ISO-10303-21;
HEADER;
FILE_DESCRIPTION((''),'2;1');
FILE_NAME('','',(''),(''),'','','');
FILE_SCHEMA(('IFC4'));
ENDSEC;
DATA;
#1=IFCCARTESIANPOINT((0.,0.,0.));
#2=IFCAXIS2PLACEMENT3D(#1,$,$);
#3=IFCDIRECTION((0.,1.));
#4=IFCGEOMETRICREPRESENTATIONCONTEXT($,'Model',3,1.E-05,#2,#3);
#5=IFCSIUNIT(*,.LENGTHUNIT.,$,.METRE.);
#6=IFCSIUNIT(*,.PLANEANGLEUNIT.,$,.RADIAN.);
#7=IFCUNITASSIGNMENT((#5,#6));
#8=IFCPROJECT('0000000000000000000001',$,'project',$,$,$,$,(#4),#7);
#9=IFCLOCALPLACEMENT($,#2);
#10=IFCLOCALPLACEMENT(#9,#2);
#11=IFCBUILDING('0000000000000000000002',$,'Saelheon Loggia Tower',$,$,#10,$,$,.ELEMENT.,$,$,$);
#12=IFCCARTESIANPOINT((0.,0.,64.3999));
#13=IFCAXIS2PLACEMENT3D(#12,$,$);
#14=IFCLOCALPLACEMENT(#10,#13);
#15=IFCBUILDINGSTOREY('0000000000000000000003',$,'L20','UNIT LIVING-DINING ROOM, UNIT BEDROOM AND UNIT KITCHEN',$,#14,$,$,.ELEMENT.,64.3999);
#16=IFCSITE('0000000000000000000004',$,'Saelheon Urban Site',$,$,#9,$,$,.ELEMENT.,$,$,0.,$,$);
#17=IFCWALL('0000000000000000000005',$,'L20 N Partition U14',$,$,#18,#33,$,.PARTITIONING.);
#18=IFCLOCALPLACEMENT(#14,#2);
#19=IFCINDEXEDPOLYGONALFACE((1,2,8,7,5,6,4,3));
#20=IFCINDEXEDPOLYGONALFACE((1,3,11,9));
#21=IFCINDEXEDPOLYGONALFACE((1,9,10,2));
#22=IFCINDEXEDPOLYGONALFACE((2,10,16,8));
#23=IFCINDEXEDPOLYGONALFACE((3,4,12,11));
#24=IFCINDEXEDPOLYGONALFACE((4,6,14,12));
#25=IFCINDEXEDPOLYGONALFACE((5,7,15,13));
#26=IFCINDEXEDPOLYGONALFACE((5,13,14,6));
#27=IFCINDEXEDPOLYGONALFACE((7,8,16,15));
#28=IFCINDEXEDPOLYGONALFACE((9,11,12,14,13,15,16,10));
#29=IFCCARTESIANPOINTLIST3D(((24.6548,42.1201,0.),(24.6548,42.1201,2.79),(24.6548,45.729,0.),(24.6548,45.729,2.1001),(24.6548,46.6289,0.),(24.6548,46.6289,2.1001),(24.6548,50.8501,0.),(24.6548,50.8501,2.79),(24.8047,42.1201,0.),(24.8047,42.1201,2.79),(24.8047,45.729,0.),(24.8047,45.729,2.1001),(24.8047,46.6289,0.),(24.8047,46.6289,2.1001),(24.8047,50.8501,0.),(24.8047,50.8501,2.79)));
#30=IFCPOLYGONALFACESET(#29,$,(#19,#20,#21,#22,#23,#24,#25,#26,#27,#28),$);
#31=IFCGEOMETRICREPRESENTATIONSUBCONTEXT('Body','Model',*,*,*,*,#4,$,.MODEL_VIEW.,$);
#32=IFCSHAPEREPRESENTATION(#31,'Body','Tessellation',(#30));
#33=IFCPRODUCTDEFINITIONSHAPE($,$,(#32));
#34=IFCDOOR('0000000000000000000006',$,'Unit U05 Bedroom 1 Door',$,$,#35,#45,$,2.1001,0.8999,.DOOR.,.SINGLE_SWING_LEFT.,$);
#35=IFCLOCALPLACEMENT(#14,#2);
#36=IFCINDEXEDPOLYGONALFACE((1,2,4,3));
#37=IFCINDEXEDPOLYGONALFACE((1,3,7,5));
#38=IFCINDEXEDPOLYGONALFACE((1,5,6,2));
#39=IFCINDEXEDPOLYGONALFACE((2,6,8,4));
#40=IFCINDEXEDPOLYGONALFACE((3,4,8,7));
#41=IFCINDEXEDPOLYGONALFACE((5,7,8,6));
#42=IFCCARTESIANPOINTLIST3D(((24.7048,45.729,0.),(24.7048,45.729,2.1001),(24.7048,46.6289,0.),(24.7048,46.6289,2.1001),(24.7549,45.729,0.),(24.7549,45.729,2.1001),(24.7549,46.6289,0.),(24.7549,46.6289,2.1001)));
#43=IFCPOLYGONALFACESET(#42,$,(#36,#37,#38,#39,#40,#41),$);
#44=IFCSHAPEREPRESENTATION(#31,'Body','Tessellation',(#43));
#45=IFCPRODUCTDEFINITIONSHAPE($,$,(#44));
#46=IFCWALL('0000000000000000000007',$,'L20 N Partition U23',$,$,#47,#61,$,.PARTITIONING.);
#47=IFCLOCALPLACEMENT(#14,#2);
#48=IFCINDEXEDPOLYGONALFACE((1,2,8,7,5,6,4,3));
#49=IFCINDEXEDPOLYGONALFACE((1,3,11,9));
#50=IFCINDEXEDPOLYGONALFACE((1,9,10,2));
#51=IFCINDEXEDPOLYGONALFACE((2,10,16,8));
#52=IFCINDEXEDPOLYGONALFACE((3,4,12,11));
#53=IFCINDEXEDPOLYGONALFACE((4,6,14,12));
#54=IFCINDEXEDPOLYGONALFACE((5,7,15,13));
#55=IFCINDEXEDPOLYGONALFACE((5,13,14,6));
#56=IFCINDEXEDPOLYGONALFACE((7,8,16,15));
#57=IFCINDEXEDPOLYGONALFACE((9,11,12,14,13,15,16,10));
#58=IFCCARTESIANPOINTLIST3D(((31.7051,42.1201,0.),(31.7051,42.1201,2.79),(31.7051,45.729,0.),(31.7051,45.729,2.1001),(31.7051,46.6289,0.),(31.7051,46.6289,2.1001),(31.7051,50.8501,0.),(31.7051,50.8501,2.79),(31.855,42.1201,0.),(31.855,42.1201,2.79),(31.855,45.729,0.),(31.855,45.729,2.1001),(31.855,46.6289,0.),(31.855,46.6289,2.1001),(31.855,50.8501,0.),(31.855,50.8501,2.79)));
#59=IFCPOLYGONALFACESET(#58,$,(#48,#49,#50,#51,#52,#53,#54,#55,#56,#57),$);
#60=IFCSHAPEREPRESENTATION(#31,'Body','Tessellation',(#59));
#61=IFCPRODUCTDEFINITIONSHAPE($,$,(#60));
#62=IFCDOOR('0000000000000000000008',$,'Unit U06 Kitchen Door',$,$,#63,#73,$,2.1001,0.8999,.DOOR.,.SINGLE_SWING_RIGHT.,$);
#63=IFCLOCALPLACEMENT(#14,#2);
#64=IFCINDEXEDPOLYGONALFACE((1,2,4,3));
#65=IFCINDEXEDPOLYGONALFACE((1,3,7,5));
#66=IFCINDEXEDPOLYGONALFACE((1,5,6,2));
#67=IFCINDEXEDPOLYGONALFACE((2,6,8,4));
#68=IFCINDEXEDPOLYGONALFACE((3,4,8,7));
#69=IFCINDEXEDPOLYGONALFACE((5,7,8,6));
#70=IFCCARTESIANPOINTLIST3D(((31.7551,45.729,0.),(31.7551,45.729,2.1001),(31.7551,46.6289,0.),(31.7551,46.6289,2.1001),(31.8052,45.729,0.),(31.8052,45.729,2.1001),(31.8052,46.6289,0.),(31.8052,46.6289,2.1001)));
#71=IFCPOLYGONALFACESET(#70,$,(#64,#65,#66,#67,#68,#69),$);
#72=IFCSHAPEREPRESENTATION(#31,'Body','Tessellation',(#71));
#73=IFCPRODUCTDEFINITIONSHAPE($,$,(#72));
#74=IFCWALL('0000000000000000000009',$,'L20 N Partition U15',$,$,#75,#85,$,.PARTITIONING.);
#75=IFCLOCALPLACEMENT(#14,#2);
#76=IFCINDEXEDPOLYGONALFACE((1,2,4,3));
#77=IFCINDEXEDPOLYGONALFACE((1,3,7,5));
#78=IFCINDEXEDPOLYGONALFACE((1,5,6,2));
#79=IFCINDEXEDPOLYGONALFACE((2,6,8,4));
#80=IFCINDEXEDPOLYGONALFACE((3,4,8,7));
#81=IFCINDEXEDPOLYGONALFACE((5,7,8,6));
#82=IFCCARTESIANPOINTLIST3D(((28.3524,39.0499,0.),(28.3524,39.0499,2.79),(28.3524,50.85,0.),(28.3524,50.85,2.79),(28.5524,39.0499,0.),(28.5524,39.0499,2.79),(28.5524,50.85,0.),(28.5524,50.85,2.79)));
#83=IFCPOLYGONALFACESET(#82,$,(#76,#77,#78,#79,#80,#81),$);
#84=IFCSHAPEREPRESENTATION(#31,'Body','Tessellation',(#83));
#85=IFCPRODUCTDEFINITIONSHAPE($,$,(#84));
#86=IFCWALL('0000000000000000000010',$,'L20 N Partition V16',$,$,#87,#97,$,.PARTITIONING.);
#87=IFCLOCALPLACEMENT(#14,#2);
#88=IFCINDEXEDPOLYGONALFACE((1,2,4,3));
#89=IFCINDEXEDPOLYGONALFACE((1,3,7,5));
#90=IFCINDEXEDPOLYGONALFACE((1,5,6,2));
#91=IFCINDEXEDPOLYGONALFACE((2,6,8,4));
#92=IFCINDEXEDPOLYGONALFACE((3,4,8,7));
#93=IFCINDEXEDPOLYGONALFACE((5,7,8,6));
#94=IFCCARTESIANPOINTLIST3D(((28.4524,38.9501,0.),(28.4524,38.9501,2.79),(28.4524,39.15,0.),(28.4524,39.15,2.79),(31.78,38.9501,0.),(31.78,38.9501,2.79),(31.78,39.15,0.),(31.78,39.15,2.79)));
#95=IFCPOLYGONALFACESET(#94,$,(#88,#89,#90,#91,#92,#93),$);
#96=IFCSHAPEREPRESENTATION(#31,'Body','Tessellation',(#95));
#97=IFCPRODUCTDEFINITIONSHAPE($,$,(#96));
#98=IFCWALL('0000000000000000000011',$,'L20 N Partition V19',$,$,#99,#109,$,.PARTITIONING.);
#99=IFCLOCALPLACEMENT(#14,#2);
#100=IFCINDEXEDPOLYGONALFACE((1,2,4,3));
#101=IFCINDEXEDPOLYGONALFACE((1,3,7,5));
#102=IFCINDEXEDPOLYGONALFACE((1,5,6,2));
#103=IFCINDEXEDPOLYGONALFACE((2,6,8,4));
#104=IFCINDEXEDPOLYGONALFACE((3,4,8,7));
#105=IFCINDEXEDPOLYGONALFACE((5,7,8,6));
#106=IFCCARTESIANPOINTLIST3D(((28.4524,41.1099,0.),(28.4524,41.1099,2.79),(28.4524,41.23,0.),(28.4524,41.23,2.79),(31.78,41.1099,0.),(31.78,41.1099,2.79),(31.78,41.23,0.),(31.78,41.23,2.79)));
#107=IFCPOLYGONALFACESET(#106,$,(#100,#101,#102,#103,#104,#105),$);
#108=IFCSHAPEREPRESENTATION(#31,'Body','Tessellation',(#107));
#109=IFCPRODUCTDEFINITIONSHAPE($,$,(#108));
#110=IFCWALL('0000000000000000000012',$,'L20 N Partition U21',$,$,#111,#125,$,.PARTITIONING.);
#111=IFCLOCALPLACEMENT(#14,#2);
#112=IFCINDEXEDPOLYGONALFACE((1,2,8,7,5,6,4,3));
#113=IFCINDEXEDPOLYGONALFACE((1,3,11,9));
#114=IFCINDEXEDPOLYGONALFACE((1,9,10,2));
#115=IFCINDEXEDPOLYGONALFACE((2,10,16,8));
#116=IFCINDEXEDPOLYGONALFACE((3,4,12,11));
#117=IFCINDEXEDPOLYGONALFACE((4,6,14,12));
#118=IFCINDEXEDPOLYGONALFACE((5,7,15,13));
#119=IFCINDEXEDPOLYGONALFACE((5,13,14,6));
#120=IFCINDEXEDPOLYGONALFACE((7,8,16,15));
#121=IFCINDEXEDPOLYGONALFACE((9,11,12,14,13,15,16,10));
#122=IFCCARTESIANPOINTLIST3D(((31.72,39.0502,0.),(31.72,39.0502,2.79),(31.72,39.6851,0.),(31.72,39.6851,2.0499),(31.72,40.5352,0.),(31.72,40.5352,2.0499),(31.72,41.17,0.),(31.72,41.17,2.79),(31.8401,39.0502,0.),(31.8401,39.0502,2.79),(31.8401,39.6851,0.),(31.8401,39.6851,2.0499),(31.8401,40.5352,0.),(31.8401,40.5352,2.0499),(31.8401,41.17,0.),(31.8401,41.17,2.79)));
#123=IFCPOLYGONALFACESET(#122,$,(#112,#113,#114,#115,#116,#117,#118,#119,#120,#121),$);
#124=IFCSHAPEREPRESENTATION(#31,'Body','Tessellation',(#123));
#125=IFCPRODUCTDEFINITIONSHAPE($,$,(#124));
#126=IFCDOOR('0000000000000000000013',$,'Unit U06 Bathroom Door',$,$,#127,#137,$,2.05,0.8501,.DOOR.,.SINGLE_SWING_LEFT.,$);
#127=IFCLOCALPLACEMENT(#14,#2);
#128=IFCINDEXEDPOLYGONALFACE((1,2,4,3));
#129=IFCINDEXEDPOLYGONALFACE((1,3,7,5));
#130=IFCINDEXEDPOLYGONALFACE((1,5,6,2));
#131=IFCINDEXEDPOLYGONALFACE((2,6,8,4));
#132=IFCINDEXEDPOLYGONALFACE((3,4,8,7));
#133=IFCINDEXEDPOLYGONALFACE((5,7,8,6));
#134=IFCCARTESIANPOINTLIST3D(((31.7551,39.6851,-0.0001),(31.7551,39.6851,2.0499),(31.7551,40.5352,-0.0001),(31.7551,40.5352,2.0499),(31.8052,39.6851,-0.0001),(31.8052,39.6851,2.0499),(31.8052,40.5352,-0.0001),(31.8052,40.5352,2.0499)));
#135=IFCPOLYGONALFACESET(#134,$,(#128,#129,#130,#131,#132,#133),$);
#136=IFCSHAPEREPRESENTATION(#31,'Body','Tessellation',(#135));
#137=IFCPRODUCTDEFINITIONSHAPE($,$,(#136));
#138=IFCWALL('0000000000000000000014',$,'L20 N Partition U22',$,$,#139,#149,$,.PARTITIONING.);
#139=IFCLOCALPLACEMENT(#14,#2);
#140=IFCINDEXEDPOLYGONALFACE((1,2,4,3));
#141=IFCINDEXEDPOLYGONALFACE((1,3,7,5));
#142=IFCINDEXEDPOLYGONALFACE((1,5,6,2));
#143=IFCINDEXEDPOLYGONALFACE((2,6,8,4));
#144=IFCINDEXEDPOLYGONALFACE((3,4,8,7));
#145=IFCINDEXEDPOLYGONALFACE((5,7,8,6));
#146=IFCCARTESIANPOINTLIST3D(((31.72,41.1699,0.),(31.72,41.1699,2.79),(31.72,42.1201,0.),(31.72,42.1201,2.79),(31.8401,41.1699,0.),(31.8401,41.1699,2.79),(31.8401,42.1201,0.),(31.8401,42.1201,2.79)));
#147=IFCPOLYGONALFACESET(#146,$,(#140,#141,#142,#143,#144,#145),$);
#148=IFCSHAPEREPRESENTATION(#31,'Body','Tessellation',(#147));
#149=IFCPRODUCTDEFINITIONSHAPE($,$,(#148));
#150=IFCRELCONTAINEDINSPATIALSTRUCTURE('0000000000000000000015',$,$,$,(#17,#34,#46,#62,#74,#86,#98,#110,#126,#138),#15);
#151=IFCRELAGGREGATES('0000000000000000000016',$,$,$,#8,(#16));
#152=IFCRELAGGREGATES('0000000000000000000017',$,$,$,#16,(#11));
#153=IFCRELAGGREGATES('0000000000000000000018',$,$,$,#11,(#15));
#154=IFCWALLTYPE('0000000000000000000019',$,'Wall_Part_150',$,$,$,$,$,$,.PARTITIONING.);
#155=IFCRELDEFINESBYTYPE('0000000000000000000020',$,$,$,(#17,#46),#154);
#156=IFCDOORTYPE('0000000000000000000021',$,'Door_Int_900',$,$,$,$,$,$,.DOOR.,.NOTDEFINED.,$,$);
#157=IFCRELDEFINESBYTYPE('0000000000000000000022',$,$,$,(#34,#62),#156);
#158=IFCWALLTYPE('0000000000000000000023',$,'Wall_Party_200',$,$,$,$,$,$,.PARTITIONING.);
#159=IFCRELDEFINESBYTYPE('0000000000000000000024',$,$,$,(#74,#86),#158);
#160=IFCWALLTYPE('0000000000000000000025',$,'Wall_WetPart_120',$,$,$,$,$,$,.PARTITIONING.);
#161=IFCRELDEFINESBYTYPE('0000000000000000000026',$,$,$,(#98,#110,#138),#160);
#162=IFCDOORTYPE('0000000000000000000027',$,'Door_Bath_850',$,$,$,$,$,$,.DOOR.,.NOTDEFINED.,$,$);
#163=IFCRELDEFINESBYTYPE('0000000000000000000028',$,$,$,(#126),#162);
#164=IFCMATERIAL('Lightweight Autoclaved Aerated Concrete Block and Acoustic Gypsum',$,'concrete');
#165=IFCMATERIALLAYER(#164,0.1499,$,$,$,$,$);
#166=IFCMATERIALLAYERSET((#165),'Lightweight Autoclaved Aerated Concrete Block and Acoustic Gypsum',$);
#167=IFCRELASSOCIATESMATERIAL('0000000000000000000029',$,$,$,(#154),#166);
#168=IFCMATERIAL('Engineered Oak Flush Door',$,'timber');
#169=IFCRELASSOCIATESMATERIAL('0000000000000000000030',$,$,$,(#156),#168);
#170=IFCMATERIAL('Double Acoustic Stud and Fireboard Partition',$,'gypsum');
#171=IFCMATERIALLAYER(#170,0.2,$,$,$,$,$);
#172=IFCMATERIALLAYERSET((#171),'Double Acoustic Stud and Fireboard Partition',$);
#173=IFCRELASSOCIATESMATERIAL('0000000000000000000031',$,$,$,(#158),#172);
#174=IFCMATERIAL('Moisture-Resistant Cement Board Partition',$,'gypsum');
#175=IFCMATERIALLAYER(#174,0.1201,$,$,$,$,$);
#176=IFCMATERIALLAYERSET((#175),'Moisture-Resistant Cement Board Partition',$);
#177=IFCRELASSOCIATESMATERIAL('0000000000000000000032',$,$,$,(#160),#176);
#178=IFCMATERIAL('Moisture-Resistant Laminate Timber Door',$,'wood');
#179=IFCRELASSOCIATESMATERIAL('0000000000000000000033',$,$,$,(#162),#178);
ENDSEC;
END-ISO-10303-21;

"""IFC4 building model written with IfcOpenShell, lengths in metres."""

from ifc_helpers import new_model, si_unit, direction, frame, frame_2d, origin, place, context, subcontext, project, spatial, rectangle, extrude, source, transform, mapped, material, layer, layer_set, type_object, element, fill, save


model = new_model("IFC4")

# Units and contexts
model_context = context("Model", 3, precision=1e-05, world=origin(), true_north=direction((0.0, 1.0)))
body_context = subcontext(model_context, "Body", "Model", "MODEL_VIEW")
ifc_project = project(units=[si_unit("LENGTHUNIT", "METRE"), si_unit("PLANEANGLEUNIT", "RADIAN")], contexts=[model_context])

# Site, building, storey
site_placement = place(None, origin())
site = spatial("IfcSite", under=ifc_project, at=site_placement, Name="Saelheon Urban Site", CompositionType="ELEMENT", RefElevation=0.0)
building_placement = place(site_placement, origin())
building = spatial("IfcBuilding", under=site, at=building_placement, Name="Saelheon Loggia Tower", CompositionType="ELEMENT")
storey_placement = place(building_placement, frame((0.0, 0.0, 64.3999)))
storey = spatial("IfcBuildingStorey", under=building, at=storey_placement, Name="L20", Description="UNIT LIVING-DINING ROOM, UNIT BEDROOM AND UNIT KITCHEN", CompositionType="ELEMENT", Elevation=64.3999)

# Shared definitions
ifc_material_1 = material(Name="Lightweight Autoclaved Aerated Concrete Block and Acoustic Gypsum", Category="concrete")
ifc_layer_1 = layer(ifc_material_1, 0.1499)
ifc_layer_set_1 = layer_set([ifc_layer_1], Name="Lightweight Autoclaved Aerated Concrete Block and Acoustic Gypsum")
wall_type_1 = type_object("IfcWallType", Name="Wall_Part_150", PredefinedType="PARTITIONING", material=ifc_layer_set_1)

# Walls, openings, doors
ifc_material_2 = material(Name="Engineered Oak Flush Door", Category="timber")
door_type_1 = type_object("IfcDoorType", Name="Door_Int_900", OperationType="NOTDEFINED", PredefinedType="DOOR", material=ifc_material_2)
shared_shape_1 = source(origin(), body_context, "Body", "SweptSolid", [
    extrude(rectangle(XDim=0.8999, YDim=2.1001, at=frame_2d((0.45, 1.05))), frame((0.0, 0.0249, 0.0), z_axis=(0.0, -1.0, 0.0), x_axis=(1.0, 0.0, 0.0)), (0.0, 0.0, 1.0), 0.05),
])
wall_1_placement = place(storey_placement, frame((24.7297, 42.1201, 0.0), z_axis=(0.0, 0.0, 1.0), x_axis=(0.0, 1.0, 0.0)))
wall_1 = element("IfcWall", 1, at=wall_1_placement, inside=storey, type_object=wall_type_1, Name="L20 N Partition U14", PredefinedType="PARTITIONING", context=body_context, shape_type="SweptSolid", body=[
    extrude(rectangle(XDim=8.73, YDim=0.1499, at=frame_2d((4.365, 0.0))), origin(), (0.0, 0.0, 1.0), 2.79),
])
opening_1_placement = place(wall_1_placement, frame((3.6089, 0.0, 0.0)))
opening_1 = element("IfcOpeningElement", 2, at=opening_1_placement, cuts=wall_1, PredefinedType="OPENING", context=body_context, shape_type="SweptSolid", body=[
    extrude(rectangle(XDim=0.8999, YDim=2.1001, at=frame_2d((0.45, 1.05))), frame((0.0, 0.0869, 0.0), z_axis=(0.0, -1.0, 0.0), x_axis=(1.0, 0.0, 0.0)), (0.0, 0.0, 1.0), 0.1738),
])
door_1_placement = place(opening_1_placement, origin())
door_1 = element("IfcDoor", 3, at=door_1_placement, inside=storey, type_object=door_type_1, Name="Unit U05 Bedroom 1 Door", OperationType="SINGLE_SWING_LEFT", OverallHeight=2.1001, OverallWidth=0.8999, PredefinedType="DOOR", context=body_context, shape_type="MappedRepresentation", body=[
    mapped(shared_shape_1, transform((0.0, 0.0, 0.0), scale=1.0)),
])
fill(opening_1, door_1)
wall_2_placement = place(storey_placement, frame((31.78, 42.1201, 0.0), z_axis=(0.0, 0.0, 1.0), x_axis=(0.0, 1.0, 0.0)))
wall_2 = element("IfcWall", 4, at=wall_2_placement, inside=storey, type_object=wall_type_1, Name="L20 N Partition U23", PredefinedType="PARTITIONING", context=body_context, shape_type="SweptSolid", body=[
    extrude(rectangle(XDim=8.73, YDim=0.1499, at=frame_2d((4.365, 0.0))), origin(), (0.0, 0.0, 1.0), 2.79),
])
opening_2_placement = place(wall_2_placement, frame((3.6089, 0.0, 0.0)))
opening_2 = element("IfcOpeningElement", 5, at=opening_2_placement, cuts=wall_2, PredefinedType="OPENING", context=body_context, shape_type="SweptSolid", body=[
    extrude(rectangle(XDim=0.8999, YDim=2.1001, at=frame_2d((0.45, 1.05))), frame((0.0, 0.0869, 0.0), z_axis=(0.0, -1.0, 0.0), x_axis=(1.0, 0.0, 0.0)), (0.0, 0.0, 1.0), 0.1738),
])
door_2_placement = place(opening_2_placement, origin())
door_2 = element("IfcDoor", 6, at=door_2_placement, inside=storey, type_object=door_type_1, Name="Unit U06 Kitchen Door", OperationType="SINGLE_SWING_RIGHT", OverallHeight=2.1001, OverallWidth=0.8999, PredefinedType="DOOR", context=body_context, shape_type="MappedRepresentation", body=[
    mapped(shared_shape_1, transform((0.0, 0.0, 0.0), scale=1.0)),
])
fill(opening_2, door_2)

# Walls
ifc_material_3 = material(Name="Double Acoustic Stud and Fireboard Partition", Category="gypsum")
ifc_layer_2 = layer(ifc_material_3, 0.2)
ifc_layer_set_2 = layer_set([ifc_layer_2], Name="Double Acoustic Stud and Fireboard Partition")
wall_type_2 = type_object("IfcWallType", Name="Wall_Party_200", PredefinedType="PARTITIONING", material=ifc_layer_set_2)
wall_3_placement = place(storey_placement, frame((28.4524, 39.05, 0.0), z_axis=(0.0, 0.0, 1.0), x_axis=(0.0, 1.0, 0.0)))
element("IfcWall", 7, at=wall_3_placement, inside=storey, type_object=wall_type_2, Name="L20 N Partition U15", PredefinedType="PARTITIONING", context=body_context, shape_type="SweptSolid", body=[
    extrude(rectangle(XDim=11.8, YDim=0.2, at=frame_2d((5.8999, 0.0))), origin(), (0.0, 0.0, 1.0), 2.79),
])
wall_4_placement = place(storey_placement, frame((28.4524, 39.05, 0.0), z_axis=(0.0, 0.0, 1.0), x_axis=(1.0, 0.0, 0.0)))
element("IfcWall", 8, at=wall_4_placement, inside=storey, type_object=wall_type_2, Name="L20 N Partition V16", PredefinedType="PARTITIONING", context=body_context, shape_type="SweptSolid", body=[
    extrude(rectangle(XDim=3.3276, YDim=0.2, at=frame_2d((1.6638, 0.0))), origin(), (0.0, 0.0, 1.0), 2.79),
])

# Wall
ifc_material_4 = material(Name="Moisture-Resistant Cement Board Partition", Category="gypsum")
ifc_layer_3 = layer(ifc_material_4, 0.1201)
ifc_layer_set_3 = layer_set([ifc_layer_3], Name="Moisture-Resistant Cement Board Partition")
wall_type_3 = type_object("IfcWallType", Name="Wall_WetPart_120", PredefinedType="PARTITIONING", material=ifc_layer_set_3)
wall_5_placement = place(storey_placement, frame((28.4524, 41.1699, 0.0), z_axis=(0.0, 0.0, 1.0), x_axis=(1.0, 0.0, 0.0)))
element("IfcWall", 9, at=wall_5_placement, inside=storey, type_object=wall_type_3, Name="L20 N Partition V19", PredefinedType="PARTITIONING", context=body_context, shape_type="SweptSolid", body=[
    extrude(rectangle(XDim=3.3276, YDim=0.1201, at=frame_2d((1.6638, 0.0))), origin(), (0.0, 0.0, 1.0), 2.79),
])

# Wall, opening, door
wall_6_placement = place(storey_placement, frame((31.78, 39.05, 0.0), z_axis=(0.0, 0.0, 1.0), x_axis=(0.0, 1.0, 0.0)))
wall_6 = element("IfcWall", 10, at=wall_6_placement, inside=storey, type_object=wall_type_3, Name="L20 N Partition U21", PredefinedType="PARTITIONING", context=body_context, shape_type="SweptSolid", body=[
    extrude(rectangle(XDim=2.1199, YDim=0.1201, at=frame_2d((1.0601, 0.0))), origin(), (0.0, 0.0, 1.0), 2.79),
])
opening_3_placement = place(wall_6_placement, frame((0.635, 0.0, 0.0)))
opening_3 = element("IfcOpeningElement", 11, at=opening_3_placement, cuts=wall_6, PredefinedType="OPENING", context=body_context, shape_type="SweptSolid", body=[
    extrude(rectangle(XDim=0.8501, YDim=2.05, at=frame_2d((0.425, 1.0249))), frame((0.0, 0.072, 0.0), z_axis=(0.0, -1.0, 0.0), x_axis=(1.0, 0.0, 0.0)), (0.0, 0.0, 1.0), 0.144),
])
ifc_material_5 = material(Name="Moisture-Resistant Laminate Timber Door", Category="wood")
door_type_2 = type_object("IfcDoorType", Name="Door_Bath_850", OperationType="NOTDEFINED", PredefinedType="DOOR", material=ifc_material_5)
shared_shape_2 = source(origin(), body_context, "Body", "SweptSolid", [
    extrude(rectangle(XDim=0.8501, YDim=2.05, at=frame_2d((0.425, 1.0249))), frame((0.0, 0.0249, 0.0), z_axis=(0.0, -1.0, 0.0), x_axis=(1.0, 0.0, 0.0)), (0.0, 0.0, 1.0), 0.05),
])
door_3_placement = place(opening_3_placement, origin())
door_3 = element("IfcDoor", 12, at=door_3_placement, inside=storey, type_object=door_type_2, Name="Unit U06 Bathroom Door", OperationType="SINGLE_SWING_LEFT", OverallHeight=2.05, OverallWidth=0.8501, PredefinedType="DOOR", context=body_context, shape_type="MappedRepresentation", body=[
    mapped(shared_shape_2, transform((0.0, 0.0, 0.0), scale=1.0)),
])
fill(opening_3, door_3)

# Wall
wall_7_placement = place(storey_placement, frame((31.78, 41.1699, 0.0), z_axis=(0.0, 0.0, 1.0), x_axis=(0.0, 1.0, 0.0)))
element("IfcWall", 13, at=wall_7_placement, inside=storey, type_object=wall_type_3, Name="L20 N Partition U22", PredefinedType="PARTITIONING", context=body_context, shape_type="SweptSolid", body=[
    extrude(rectangle(XDim=0.9502, YDim=0.1201, at=frame_2d((0.4751, 0.0))), origin(), (0.0, 0.0, 1.0), 2.79),
])

save(model, "model.ifc")
